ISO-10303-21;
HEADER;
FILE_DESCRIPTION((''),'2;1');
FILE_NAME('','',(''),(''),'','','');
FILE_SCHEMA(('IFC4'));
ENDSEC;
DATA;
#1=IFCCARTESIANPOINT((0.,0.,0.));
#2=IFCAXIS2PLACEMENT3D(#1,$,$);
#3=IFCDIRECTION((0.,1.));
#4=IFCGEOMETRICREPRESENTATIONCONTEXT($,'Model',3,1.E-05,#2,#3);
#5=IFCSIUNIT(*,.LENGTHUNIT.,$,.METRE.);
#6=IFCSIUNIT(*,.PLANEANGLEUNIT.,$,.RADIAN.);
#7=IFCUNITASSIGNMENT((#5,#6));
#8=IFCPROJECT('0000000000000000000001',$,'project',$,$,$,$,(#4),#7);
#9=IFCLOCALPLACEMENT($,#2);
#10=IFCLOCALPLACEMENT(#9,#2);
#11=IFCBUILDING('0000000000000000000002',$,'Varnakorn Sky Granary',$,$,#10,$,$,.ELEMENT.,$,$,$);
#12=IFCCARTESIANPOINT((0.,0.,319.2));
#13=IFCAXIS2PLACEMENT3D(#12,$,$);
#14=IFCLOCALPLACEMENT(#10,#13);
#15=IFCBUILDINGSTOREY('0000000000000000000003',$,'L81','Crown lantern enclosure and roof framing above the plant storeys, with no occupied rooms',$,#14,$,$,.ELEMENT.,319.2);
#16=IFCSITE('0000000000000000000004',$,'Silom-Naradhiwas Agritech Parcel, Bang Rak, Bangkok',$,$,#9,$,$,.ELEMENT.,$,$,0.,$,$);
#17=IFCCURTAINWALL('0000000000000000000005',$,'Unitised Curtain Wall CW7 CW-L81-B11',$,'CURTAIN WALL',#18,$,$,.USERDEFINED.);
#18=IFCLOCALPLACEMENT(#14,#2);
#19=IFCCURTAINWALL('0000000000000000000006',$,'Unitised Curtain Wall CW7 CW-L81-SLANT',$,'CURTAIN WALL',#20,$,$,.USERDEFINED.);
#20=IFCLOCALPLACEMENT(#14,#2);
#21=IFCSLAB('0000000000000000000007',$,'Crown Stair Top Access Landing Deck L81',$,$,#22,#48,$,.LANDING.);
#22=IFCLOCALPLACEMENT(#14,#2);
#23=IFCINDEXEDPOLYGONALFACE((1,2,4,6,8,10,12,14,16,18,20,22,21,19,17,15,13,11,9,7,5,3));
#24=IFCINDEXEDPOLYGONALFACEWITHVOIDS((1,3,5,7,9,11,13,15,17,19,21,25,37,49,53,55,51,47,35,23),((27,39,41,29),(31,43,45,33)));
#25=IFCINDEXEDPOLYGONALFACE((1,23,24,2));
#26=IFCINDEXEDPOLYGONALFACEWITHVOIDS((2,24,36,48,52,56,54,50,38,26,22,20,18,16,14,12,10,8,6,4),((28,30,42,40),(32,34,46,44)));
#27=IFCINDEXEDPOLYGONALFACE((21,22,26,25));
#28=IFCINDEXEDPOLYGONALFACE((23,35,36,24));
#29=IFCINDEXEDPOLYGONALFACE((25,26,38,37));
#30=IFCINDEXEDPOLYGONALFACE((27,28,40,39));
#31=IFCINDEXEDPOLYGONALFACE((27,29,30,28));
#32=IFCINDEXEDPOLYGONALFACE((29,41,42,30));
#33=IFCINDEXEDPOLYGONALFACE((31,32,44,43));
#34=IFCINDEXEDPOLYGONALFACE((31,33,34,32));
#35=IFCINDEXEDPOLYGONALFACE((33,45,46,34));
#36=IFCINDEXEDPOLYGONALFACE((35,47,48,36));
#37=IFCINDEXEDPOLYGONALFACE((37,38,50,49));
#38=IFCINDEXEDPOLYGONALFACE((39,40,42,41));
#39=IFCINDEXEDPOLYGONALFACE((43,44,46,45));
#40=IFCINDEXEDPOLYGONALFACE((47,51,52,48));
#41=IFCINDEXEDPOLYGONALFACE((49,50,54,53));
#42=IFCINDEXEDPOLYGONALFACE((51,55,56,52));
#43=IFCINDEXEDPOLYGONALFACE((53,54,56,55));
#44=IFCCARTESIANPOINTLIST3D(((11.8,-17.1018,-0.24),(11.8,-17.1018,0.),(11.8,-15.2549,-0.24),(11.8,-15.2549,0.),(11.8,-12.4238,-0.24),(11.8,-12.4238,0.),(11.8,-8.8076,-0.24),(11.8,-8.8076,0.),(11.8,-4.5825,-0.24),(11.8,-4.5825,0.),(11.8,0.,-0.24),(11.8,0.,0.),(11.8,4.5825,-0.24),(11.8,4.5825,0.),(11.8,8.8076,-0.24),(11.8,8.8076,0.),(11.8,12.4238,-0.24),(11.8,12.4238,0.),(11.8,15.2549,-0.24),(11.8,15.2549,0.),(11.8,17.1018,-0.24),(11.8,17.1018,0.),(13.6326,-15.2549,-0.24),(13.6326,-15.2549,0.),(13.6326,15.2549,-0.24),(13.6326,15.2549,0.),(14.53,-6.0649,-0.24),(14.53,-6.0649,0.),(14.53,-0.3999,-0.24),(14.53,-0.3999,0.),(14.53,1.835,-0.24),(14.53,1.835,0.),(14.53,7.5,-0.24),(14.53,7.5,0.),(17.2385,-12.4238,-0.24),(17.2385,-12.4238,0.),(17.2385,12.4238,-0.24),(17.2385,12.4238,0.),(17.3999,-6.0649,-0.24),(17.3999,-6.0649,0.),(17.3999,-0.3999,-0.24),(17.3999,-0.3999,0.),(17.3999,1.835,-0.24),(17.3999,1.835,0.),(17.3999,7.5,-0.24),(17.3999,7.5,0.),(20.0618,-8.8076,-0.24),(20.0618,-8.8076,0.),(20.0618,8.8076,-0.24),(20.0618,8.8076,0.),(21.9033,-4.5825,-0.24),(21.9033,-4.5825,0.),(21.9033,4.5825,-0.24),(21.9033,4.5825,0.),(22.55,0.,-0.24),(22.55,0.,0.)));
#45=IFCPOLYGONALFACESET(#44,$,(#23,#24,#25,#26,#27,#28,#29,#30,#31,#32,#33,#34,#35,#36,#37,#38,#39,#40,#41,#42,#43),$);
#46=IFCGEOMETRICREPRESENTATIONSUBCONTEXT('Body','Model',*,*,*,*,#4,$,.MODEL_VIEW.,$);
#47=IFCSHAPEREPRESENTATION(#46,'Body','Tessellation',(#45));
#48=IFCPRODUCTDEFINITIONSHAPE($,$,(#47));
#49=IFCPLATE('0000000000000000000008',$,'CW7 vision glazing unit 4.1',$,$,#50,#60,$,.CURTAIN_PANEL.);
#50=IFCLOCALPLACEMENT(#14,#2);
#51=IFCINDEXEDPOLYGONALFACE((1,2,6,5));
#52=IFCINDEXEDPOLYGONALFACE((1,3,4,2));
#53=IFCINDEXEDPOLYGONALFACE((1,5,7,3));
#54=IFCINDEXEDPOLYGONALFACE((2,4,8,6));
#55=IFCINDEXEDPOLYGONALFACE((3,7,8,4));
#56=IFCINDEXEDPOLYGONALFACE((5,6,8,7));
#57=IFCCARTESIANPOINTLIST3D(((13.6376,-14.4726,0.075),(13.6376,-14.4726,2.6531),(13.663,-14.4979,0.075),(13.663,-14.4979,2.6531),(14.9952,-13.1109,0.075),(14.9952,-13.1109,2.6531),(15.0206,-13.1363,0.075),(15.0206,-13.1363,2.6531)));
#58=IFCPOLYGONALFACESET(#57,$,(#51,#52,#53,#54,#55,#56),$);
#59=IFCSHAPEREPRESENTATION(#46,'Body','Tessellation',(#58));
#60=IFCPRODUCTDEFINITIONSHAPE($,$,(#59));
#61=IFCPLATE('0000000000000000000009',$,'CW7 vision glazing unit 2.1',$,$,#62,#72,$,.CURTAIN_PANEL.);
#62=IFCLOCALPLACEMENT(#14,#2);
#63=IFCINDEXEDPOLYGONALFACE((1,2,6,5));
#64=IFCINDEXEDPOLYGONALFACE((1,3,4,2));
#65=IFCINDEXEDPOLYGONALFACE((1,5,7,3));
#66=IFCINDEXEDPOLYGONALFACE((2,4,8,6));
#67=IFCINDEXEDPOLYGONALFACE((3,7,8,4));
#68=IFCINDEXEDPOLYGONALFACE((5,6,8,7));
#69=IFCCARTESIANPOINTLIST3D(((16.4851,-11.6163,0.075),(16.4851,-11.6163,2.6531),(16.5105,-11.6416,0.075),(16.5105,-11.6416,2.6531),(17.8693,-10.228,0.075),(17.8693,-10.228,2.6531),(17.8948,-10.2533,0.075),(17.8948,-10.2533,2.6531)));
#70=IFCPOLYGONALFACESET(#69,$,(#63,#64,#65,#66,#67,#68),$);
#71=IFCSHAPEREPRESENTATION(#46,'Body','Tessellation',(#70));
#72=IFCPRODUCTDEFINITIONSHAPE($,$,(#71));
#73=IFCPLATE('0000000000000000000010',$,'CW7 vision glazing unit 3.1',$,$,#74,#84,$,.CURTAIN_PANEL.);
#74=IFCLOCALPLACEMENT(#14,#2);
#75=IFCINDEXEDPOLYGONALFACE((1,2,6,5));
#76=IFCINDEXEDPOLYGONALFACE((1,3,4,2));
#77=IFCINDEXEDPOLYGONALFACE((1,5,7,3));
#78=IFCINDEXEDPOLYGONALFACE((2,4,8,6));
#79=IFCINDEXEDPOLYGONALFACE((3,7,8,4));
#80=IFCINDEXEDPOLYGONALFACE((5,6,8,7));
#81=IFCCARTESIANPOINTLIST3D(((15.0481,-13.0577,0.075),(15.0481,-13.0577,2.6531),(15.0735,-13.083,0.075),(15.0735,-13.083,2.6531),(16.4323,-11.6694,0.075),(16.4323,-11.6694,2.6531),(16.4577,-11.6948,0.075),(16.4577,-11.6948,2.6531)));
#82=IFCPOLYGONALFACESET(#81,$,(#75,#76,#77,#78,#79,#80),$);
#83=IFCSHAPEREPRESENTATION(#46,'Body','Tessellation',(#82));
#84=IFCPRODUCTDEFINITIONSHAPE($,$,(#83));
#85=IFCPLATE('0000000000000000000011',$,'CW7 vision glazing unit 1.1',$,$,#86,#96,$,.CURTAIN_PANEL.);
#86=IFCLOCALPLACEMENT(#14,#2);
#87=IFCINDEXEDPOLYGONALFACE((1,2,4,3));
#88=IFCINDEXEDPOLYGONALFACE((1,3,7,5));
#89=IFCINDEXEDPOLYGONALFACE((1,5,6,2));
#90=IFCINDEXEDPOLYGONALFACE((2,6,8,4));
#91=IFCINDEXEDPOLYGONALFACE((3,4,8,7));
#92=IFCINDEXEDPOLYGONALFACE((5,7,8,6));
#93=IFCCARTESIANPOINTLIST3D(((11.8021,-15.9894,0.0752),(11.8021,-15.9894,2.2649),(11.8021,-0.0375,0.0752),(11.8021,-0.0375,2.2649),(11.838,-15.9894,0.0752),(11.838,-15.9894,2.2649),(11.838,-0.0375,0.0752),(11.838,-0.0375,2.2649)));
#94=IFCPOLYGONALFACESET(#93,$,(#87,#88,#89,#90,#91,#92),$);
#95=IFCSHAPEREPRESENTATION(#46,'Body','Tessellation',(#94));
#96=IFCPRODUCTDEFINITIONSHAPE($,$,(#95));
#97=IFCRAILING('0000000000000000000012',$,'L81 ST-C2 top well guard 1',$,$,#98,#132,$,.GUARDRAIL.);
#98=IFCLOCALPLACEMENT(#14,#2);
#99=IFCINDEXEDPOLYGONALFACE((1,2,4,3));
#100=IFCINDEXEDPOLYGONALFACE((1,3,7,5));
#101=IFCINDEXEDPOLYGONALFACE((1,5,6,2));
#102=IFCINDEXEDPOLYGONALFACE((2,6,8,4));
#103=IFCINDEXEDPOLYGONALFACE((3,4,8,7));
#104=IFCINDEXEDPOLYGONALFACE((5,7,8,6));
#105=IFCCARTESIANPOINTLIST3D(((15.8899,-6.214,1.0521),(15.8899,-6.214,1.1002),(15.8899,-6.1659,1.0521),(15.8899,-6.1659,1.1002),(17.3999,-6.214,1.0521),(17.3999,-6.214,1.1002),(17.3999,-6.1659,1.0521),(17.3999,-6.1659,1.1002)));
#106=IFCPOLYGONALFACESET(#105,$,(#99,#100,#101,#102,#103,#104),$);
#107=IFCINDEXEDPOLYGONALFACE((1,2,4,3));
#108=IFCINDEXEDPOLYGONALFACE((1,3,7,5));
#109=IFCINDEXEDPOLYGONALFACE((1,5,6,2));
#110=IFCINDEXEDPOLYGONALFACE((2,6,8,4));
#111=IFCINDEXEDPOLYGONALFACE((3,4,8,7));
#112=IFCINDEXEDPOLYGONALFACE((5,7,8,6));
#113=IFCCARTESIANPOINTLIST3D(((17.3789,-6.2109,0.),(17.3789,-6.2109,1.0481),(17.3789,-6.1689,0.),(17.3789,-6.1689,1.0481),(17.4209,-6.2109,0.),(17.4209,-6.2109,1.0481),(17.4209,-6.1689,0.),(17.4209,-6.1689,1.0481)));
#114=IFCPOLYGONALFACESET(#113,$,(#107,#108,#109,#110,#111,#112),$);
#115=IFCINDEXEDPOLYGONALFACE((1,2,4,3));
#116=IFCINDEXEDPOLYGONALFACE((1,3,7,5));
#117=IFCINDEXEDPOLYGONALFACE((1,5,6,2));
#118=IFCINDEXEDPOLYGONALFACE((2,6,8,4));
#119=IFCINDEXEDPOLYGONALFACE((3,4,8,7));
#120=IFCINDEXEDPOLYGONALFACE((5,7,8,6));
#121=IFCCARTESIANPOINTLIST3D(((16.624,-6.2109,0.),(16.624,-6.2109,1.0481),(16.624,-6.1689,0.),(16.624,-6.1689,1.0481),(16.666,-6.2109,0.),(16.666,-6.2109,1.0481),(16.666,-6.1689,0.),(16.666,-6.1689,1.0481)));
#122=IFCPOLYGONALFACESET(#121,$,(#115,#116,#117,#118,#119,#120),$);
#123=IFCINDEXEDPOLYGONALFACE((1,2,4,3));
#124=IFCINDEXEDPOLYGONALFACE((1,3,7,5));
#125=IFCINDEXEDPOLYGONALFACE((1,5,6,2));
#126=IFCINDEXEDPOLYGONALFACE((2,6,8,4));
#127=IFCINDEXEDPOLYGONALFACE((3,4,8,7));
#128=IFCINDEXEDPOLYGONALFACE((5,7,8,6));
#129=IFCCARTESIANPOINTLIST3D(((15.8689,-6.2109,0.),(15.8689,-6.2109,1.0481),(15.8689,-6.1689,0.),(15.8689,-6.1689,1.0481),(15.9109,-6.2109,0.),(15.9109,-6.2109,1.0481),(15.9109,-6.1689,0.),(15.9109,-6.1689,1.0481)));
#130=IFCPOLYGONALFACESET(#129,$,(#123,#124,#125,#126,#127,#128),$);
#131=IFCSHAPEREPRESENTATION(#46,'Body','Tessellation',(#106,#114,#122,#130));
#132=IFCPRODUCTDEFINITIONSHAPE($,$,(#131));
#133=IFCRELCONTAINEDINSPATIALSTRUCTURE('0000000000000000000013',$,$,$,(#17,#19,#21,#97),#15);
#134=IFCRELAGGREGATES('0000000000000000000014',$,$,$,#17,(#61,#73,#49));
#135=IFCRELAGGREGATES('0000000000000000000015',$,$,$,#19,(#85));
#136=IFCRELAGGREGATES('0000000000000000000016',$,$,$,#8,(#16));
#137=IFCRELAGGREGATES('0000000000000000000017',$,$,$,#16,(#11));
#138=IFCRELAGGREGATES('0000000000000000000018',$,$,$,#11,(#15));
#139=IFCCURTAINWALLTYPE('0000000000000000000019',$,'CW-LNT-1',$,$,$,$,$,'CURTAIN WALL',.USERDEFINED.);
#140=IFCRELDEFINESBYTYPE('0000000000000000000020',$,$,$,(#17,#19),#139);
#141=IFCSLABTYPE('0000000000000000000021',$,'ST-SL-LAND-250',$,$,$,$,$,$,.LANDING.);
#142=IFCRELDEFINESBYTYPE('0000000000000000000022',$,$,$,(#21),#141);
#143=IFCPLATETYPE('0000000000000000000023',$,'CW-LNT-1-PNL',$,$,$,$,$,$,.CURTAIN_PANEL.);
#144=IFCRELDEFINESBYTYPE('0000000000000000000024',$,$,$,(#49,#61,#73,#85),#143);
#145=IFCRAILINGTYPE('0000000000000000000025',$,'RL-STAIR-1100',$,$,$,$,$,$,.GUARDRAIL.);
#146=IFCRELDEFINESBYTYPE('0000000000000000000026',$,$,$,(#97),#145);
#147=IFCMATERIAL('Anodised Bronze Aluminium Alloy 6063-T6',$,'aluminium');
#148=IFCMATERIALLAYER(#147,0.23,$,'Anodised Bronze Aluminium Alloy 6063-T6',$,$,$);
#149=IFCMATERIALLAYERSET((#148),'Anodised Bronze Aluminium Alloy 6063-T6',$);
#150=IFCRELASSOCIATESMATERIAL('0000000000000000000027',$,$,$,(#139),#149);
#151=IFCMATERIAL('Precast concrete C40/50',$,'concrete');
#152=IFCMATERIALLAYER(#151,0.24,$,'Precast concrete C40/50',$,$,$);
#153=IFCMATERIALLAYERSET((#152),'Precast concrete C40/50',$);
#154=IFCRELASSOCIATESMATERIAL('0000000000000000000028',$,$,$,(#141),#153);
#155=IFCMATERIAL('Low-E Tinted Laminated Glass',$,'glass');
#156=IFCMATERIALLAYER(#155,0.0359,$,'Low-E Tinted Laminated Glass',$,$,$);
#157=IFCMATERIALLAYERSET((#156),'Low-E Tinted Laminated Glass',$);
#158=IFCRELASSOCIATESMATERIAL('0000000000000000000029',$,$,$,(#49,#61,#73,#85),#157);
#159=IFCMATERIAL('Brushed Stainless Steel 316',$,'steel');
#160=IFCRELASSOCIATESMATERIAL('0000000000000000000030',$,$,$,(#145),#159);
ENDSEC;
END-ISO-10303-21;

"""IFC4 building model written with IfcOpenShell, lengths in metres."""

from ifc_helpers import new_model, si_unit, direction, frame, origin, origin_2d, place, context, subcontext, project, spatial, polyline, rectangle, outline, extrude, source, transform, mapped, material, layer, layer_set, type_object, type_shapes, element, aggregate, save


model = new_model("IFC4")

# Units and contexts
model_context = context("Model", 3, precision=1e-05, world=origin(), true_north=direction((0.0, 1.0)))
body_context = subcontext(model_context, "Body", "Model", "MODEL_VIEW")
ifc_project = project(units=[si_unit("LENGTHUNIT", "METRE"), si_unit("PLANEANGLEUNIT", "RADIAN")], contexts=[model_context])

# Site, building, storey
site_placement = place(None, origin())
site = spatial("IfcSite", under=ifc_project, at=site_placement, Name="Silom-Naradhiwas Agritech Parcel, Bang Rak, Bangkok", CompositionType="ELEMENT", RefElevation=0.0)
building_placement = place(site_placement, origin())
building = spatial("IfcBuilding", under=site, at=building_placement, Name="Varnakorn Sky Granary", CompositionType="ELEMENT")
storey_placement = place(building_placement, frame((0.0, 0.0, 319.2)))
storey = spatial("IfcBuildingStorey", under=building, at=storey_placement, Name="L81", Description="Crown lantern enclosure and roof framing above the plant storeys, with no occupied rooms", CompositionType="ELEMENT", Elevation=319.2)

# Curtain wall
ifc_material_1 = material(Name="Anodised Bronze Aluminium Alloy 6063-T6", Category="aluminium")
ifc_layer_1 = layer(ifc_material_1, 0.23, Name="Anodised Bronze Aluminium Alloy 6063-T6")
ifc_layer_set_1 = layer_set([ifc_layer_1], Name="Anodised Bronze Aluminium Alloy 6063-T6")
curtain_wall_type = type_object("IfcCurtainWallType", Name="CW-LNT-1", ElementType="CURTAIN WALL", PredefinedType="USERDEFINED", material=ifc_layer_set_1)
curtain_wall_1_placement = place(storey_placement, origin())
curtain_wall_1 = element("IfcCurtainWall", 1, at=curtain_wall_1_placement, inside=storey, type_object=curtain_wall_type, Name="Unitised Curtain Wall CW7 CW-L81-B11", ObjectType="CURTAIN WALL", PredefinedType="USERDEFINED")

# Curtain wall
curtain_wall_2_placement = place(storey_placement, origin())
curtain_wall_2 = element("IfcCurtainWall", 2, at=curtain_wall_2_placement, inside=storey, type_object=curtain_wall_type, Name="Unitised Curtain Wall CW7 CW-L81-SLANT", ObjectType="CURTAIN WALL", PredefinedType="USERDEFINED")

# Slab
ifc_material_2 = material(Name="Precast concrete C40/50", Category="concrete")
ifc_layer_2 = layer(ifc_material_2, 0.24, Name="Precast concrete C40/50")
ifc_layer_set_2 = layer_set([ifc_layer_2], Name="Precast concrete C40/50")
slab_type = type_object("IfcSlabType", Name="ST-SL-LAND-250", PredefinedType="LANDING", material=ifc_layer_set_2)
slab_placement = place(storey_placement, frame((0.0, 0.0, -0.24)))
element("IfcSlab", 3, at=slab_placement, inside=storey, type_object=slab_type, Name="Crown Stair Top Access Landing Deck L81", PredefinedType="LANDING", context=body_context, shape_type="SweptSolid", body=[
    extrude(outline(polyline([(22.55, 0.0), (21.9033, 4.5825), (20.0618, 8.8076), (17.2385, 12.4238), (13.6326, 15.2549), (11.8, 17.1018), (11.8, 17.75), (11.8, 17.1018), (11.8, 15.2549), (11.8, 12.4238), (11.8, 8.8076), (11.8, 4.5825), (11.8, 0.0), (11.8, -4.5825), (11.8, -8.8076), (11.8, -12.4238), (11.8, -15.2549), (11.8, -17.1018), (11.8, -17.75), (11.8, -17.1018), (13.6326, -15.2549), (17.2385, -12.4238), (20.0618, -8.8076), (21.9033, -4.5825), (22.55, 0.0)]), holes=[polyline([(17.3999, 1.835), (17.3999, 7.5), (14.53, 7.5), (14.53, 1.835), (17.3999, 1.835)]), polyline([(17.3999, -6.0649), (17.3999, -0.3999), (14.53, -0.3999), (14.53, -6.0649), (17.3999, -6.0649)])]), origin(), (0.0, 0.0, 1.0), 0.24),
])

# Plates
ifc_material_3 = material(Name="Low-E Tinted Laminated Glass", Category="glass")
ifc_layer_3 = layer(ifc_material_3, 0.0359, Name="Low-E Tinted Laminated Glass")
ifc_layer_set_3 = layer_set([ifc_layer_3], Name="Low-E Tinted Laminated Glass")
plate_type_1 = type_object("IfcPlateType", Name="CW-LNT-1-PNL", PredefinedType="CURTAIN_PANEL")
shared_shape_1 = source(origin(), body_context, "Body", "SweptSolid", [
    extrude(rectangle(XDim=1.9229, YDim=0.0359, at=origin_2d()), origin(), (0.0, 0.0, 1.0), 2.5781),
])
plate_1_placement = place(storey_placement, frame((14.3291, -13.8044, 0.075), z_axis=(0.0, 0.0, 1.0), x_axis=(-0.706068, -0.708144, 0.0)))
plate_1 = element("IfcPlate", 4, at=plate_1_placement, type_object=plate_type_1, material=ifc_layer_set_3, Name="CW7 vision glazing unit 4.1", PredefinedType="CURTAIN_PANEL", context=body_context, shape_type="MappedRepresentation", body=[
    mapped(shared_shape_1, transform((0.0, 0.0, 0.0), x_axis=(1.0, 0.0, 0.0), y_axis=(0.0, 1.0, 0.0), z_axis=(0.0, 0.0, 1.0), scale=1.0)),
])
shared_shape_2 = source(origin(), body_context, "Body", "SweptSolid", [
    extrude(rectangle(XDim=1.9604, YDim=0.0359, at=origin_2d()), origin(), (0.0, 0.0, 1.0), 2.5781),
])
plate_2_placement = place(storey_placement, frame((17.1899, -10.9348, 0.075), z_axis=(0.0, 0.0, 1.0), x_axis=(-0.706068, -0.708144, 0.0)))
plate_2 = element("IfcPlate", 5, at=plate_2_placement, type_object=plate_type_1, material=ifc_layer_set_3, Name="CW7 vision glazing unit 2.1", PredefinedType="CURTAIN_PANEL", context=body_context, shape_type="MappedRepresentation", body=[
    mapped(shared_shape_2, transform((0.0, 0.0, 0.0), x_axis=(1.0, 0.0, 0.0), y_axis=(0.0, 1.0, 0.0), z_axis=(0.0, 0.0, 1.0), scale=1.0)),
])
plate_3_placement = place(storey_placement, frame((15.7529, -12.3762, 0.075), z_axis=(0.0, 0.0, 1.0), x_axis=(-0.706068, -0.708144, 0.0)))
plate_3 = element("IfcPlate", 6, at=plate_3_placement, type_object=plate_type_1, material=ifc_layer_set_3, Name="CW7 vision glazing unit 3.1", PredefinedType="CURTAIN_PANEL", context=body_context, shape_type="MappedRepresentation", body=[
    mapped(shared_shape_2, transform((0.0, 0.0, 0.0), x_axis=(1.0, 0.0, 0.0), y_axis=(0.0, 1.0, 0.0), z_axis=(0.0, 0.0, 1.0), scale=1.0)),
])
aggregate(curtain_wall_1, [plate_2, plate_3, plate_1])
shared_shape_3 = source(origin(), body_context, "Body", "SweptSolid", [
    extrude(rectangle(XDim=15.9519, YDim=0.0359, at=origin_2d()), origin(), (0.0, 0.0, 1.0), 2.1897),
])
type_shapes(plate_type_1, [shared_shape_1, shared_shape_2, shared_shape_3])
plate_4_placement = place(storey_placement, frame((11.8201, -8.0134, 0.0752), z_axis=(0.0, 0.0, 1.0), x_axis=(0.0, 1.0, 0.0)))
plate_4 = element("IfcPlate", 7, at=plate_4_placement, type_object=plate_type_1, material=ifc_layer_set_3, Name="CW7 vision glazing unit 1.1", PredefinedType="CURTAIN_PANEL", context=body_context, shape_type="MappedRepresentation", body=[
    mapped(shared_shape_3, transform((0.0, 0.0, 0.0), x_axis=(1.0, 0.0, 0.0), y_axis=(0.0, 1.0, 0.0), z_axis=(0.0, 0.0, 1.0), scale=1.0)),
])
aggregate(curtain_wall_2, [plate_4])

# Railing
ifc_material_4 = material(Name="Brushed Stainless Steel 316", Category="steel")
railing_type = type_object("IfcRailingType", Name="RL-STAIR-1100", PredefinedType="GUARDRAIL", material=ifc_material_4)
railing_1_placement = place(storey_placement, frame((17.3999, -6.1899, 0.0)))
element("IfcRailing", 8, at=railing_1_placement, inside=storey, type_object=railing_type, Name="L81 ST-C2 top well guard 1", PredefinedType="GUARDRAIL", context=body_context, shape_type="SweptSolid", body=[
    extrude(rectangle(XDim=0.0481, YDim=0.0481, at=origin_2d()), frame((0.0, 0.0, 1.0762), z_axis=(-1.0, 0.0, 0.0), x_axis=(0.0, -1.0, 0.0)), (0.0, 0.0, 1.0), 1.51),
    extrude(rectangle(XDim=0.042, YDim=0.042, at=origin_2d()), origin(), (0.0, 0.0, 1.0), 1.0481),
    extrude(rectangle(XDim=0.042, YDim=0.042, at=origin_2d()), frame((-0.7549, 0.0, 0.0)), (0.0, 0.0, 1.0), 1.0481),
    extrude(rectangle(XDim=0.042, YDim=0.042, at=origin_2d()), frame((-1.51, 0.0, 0.0)), (0.0, 0.0, 1.0), 1.0481),
])

save(model, "model.ifc")
